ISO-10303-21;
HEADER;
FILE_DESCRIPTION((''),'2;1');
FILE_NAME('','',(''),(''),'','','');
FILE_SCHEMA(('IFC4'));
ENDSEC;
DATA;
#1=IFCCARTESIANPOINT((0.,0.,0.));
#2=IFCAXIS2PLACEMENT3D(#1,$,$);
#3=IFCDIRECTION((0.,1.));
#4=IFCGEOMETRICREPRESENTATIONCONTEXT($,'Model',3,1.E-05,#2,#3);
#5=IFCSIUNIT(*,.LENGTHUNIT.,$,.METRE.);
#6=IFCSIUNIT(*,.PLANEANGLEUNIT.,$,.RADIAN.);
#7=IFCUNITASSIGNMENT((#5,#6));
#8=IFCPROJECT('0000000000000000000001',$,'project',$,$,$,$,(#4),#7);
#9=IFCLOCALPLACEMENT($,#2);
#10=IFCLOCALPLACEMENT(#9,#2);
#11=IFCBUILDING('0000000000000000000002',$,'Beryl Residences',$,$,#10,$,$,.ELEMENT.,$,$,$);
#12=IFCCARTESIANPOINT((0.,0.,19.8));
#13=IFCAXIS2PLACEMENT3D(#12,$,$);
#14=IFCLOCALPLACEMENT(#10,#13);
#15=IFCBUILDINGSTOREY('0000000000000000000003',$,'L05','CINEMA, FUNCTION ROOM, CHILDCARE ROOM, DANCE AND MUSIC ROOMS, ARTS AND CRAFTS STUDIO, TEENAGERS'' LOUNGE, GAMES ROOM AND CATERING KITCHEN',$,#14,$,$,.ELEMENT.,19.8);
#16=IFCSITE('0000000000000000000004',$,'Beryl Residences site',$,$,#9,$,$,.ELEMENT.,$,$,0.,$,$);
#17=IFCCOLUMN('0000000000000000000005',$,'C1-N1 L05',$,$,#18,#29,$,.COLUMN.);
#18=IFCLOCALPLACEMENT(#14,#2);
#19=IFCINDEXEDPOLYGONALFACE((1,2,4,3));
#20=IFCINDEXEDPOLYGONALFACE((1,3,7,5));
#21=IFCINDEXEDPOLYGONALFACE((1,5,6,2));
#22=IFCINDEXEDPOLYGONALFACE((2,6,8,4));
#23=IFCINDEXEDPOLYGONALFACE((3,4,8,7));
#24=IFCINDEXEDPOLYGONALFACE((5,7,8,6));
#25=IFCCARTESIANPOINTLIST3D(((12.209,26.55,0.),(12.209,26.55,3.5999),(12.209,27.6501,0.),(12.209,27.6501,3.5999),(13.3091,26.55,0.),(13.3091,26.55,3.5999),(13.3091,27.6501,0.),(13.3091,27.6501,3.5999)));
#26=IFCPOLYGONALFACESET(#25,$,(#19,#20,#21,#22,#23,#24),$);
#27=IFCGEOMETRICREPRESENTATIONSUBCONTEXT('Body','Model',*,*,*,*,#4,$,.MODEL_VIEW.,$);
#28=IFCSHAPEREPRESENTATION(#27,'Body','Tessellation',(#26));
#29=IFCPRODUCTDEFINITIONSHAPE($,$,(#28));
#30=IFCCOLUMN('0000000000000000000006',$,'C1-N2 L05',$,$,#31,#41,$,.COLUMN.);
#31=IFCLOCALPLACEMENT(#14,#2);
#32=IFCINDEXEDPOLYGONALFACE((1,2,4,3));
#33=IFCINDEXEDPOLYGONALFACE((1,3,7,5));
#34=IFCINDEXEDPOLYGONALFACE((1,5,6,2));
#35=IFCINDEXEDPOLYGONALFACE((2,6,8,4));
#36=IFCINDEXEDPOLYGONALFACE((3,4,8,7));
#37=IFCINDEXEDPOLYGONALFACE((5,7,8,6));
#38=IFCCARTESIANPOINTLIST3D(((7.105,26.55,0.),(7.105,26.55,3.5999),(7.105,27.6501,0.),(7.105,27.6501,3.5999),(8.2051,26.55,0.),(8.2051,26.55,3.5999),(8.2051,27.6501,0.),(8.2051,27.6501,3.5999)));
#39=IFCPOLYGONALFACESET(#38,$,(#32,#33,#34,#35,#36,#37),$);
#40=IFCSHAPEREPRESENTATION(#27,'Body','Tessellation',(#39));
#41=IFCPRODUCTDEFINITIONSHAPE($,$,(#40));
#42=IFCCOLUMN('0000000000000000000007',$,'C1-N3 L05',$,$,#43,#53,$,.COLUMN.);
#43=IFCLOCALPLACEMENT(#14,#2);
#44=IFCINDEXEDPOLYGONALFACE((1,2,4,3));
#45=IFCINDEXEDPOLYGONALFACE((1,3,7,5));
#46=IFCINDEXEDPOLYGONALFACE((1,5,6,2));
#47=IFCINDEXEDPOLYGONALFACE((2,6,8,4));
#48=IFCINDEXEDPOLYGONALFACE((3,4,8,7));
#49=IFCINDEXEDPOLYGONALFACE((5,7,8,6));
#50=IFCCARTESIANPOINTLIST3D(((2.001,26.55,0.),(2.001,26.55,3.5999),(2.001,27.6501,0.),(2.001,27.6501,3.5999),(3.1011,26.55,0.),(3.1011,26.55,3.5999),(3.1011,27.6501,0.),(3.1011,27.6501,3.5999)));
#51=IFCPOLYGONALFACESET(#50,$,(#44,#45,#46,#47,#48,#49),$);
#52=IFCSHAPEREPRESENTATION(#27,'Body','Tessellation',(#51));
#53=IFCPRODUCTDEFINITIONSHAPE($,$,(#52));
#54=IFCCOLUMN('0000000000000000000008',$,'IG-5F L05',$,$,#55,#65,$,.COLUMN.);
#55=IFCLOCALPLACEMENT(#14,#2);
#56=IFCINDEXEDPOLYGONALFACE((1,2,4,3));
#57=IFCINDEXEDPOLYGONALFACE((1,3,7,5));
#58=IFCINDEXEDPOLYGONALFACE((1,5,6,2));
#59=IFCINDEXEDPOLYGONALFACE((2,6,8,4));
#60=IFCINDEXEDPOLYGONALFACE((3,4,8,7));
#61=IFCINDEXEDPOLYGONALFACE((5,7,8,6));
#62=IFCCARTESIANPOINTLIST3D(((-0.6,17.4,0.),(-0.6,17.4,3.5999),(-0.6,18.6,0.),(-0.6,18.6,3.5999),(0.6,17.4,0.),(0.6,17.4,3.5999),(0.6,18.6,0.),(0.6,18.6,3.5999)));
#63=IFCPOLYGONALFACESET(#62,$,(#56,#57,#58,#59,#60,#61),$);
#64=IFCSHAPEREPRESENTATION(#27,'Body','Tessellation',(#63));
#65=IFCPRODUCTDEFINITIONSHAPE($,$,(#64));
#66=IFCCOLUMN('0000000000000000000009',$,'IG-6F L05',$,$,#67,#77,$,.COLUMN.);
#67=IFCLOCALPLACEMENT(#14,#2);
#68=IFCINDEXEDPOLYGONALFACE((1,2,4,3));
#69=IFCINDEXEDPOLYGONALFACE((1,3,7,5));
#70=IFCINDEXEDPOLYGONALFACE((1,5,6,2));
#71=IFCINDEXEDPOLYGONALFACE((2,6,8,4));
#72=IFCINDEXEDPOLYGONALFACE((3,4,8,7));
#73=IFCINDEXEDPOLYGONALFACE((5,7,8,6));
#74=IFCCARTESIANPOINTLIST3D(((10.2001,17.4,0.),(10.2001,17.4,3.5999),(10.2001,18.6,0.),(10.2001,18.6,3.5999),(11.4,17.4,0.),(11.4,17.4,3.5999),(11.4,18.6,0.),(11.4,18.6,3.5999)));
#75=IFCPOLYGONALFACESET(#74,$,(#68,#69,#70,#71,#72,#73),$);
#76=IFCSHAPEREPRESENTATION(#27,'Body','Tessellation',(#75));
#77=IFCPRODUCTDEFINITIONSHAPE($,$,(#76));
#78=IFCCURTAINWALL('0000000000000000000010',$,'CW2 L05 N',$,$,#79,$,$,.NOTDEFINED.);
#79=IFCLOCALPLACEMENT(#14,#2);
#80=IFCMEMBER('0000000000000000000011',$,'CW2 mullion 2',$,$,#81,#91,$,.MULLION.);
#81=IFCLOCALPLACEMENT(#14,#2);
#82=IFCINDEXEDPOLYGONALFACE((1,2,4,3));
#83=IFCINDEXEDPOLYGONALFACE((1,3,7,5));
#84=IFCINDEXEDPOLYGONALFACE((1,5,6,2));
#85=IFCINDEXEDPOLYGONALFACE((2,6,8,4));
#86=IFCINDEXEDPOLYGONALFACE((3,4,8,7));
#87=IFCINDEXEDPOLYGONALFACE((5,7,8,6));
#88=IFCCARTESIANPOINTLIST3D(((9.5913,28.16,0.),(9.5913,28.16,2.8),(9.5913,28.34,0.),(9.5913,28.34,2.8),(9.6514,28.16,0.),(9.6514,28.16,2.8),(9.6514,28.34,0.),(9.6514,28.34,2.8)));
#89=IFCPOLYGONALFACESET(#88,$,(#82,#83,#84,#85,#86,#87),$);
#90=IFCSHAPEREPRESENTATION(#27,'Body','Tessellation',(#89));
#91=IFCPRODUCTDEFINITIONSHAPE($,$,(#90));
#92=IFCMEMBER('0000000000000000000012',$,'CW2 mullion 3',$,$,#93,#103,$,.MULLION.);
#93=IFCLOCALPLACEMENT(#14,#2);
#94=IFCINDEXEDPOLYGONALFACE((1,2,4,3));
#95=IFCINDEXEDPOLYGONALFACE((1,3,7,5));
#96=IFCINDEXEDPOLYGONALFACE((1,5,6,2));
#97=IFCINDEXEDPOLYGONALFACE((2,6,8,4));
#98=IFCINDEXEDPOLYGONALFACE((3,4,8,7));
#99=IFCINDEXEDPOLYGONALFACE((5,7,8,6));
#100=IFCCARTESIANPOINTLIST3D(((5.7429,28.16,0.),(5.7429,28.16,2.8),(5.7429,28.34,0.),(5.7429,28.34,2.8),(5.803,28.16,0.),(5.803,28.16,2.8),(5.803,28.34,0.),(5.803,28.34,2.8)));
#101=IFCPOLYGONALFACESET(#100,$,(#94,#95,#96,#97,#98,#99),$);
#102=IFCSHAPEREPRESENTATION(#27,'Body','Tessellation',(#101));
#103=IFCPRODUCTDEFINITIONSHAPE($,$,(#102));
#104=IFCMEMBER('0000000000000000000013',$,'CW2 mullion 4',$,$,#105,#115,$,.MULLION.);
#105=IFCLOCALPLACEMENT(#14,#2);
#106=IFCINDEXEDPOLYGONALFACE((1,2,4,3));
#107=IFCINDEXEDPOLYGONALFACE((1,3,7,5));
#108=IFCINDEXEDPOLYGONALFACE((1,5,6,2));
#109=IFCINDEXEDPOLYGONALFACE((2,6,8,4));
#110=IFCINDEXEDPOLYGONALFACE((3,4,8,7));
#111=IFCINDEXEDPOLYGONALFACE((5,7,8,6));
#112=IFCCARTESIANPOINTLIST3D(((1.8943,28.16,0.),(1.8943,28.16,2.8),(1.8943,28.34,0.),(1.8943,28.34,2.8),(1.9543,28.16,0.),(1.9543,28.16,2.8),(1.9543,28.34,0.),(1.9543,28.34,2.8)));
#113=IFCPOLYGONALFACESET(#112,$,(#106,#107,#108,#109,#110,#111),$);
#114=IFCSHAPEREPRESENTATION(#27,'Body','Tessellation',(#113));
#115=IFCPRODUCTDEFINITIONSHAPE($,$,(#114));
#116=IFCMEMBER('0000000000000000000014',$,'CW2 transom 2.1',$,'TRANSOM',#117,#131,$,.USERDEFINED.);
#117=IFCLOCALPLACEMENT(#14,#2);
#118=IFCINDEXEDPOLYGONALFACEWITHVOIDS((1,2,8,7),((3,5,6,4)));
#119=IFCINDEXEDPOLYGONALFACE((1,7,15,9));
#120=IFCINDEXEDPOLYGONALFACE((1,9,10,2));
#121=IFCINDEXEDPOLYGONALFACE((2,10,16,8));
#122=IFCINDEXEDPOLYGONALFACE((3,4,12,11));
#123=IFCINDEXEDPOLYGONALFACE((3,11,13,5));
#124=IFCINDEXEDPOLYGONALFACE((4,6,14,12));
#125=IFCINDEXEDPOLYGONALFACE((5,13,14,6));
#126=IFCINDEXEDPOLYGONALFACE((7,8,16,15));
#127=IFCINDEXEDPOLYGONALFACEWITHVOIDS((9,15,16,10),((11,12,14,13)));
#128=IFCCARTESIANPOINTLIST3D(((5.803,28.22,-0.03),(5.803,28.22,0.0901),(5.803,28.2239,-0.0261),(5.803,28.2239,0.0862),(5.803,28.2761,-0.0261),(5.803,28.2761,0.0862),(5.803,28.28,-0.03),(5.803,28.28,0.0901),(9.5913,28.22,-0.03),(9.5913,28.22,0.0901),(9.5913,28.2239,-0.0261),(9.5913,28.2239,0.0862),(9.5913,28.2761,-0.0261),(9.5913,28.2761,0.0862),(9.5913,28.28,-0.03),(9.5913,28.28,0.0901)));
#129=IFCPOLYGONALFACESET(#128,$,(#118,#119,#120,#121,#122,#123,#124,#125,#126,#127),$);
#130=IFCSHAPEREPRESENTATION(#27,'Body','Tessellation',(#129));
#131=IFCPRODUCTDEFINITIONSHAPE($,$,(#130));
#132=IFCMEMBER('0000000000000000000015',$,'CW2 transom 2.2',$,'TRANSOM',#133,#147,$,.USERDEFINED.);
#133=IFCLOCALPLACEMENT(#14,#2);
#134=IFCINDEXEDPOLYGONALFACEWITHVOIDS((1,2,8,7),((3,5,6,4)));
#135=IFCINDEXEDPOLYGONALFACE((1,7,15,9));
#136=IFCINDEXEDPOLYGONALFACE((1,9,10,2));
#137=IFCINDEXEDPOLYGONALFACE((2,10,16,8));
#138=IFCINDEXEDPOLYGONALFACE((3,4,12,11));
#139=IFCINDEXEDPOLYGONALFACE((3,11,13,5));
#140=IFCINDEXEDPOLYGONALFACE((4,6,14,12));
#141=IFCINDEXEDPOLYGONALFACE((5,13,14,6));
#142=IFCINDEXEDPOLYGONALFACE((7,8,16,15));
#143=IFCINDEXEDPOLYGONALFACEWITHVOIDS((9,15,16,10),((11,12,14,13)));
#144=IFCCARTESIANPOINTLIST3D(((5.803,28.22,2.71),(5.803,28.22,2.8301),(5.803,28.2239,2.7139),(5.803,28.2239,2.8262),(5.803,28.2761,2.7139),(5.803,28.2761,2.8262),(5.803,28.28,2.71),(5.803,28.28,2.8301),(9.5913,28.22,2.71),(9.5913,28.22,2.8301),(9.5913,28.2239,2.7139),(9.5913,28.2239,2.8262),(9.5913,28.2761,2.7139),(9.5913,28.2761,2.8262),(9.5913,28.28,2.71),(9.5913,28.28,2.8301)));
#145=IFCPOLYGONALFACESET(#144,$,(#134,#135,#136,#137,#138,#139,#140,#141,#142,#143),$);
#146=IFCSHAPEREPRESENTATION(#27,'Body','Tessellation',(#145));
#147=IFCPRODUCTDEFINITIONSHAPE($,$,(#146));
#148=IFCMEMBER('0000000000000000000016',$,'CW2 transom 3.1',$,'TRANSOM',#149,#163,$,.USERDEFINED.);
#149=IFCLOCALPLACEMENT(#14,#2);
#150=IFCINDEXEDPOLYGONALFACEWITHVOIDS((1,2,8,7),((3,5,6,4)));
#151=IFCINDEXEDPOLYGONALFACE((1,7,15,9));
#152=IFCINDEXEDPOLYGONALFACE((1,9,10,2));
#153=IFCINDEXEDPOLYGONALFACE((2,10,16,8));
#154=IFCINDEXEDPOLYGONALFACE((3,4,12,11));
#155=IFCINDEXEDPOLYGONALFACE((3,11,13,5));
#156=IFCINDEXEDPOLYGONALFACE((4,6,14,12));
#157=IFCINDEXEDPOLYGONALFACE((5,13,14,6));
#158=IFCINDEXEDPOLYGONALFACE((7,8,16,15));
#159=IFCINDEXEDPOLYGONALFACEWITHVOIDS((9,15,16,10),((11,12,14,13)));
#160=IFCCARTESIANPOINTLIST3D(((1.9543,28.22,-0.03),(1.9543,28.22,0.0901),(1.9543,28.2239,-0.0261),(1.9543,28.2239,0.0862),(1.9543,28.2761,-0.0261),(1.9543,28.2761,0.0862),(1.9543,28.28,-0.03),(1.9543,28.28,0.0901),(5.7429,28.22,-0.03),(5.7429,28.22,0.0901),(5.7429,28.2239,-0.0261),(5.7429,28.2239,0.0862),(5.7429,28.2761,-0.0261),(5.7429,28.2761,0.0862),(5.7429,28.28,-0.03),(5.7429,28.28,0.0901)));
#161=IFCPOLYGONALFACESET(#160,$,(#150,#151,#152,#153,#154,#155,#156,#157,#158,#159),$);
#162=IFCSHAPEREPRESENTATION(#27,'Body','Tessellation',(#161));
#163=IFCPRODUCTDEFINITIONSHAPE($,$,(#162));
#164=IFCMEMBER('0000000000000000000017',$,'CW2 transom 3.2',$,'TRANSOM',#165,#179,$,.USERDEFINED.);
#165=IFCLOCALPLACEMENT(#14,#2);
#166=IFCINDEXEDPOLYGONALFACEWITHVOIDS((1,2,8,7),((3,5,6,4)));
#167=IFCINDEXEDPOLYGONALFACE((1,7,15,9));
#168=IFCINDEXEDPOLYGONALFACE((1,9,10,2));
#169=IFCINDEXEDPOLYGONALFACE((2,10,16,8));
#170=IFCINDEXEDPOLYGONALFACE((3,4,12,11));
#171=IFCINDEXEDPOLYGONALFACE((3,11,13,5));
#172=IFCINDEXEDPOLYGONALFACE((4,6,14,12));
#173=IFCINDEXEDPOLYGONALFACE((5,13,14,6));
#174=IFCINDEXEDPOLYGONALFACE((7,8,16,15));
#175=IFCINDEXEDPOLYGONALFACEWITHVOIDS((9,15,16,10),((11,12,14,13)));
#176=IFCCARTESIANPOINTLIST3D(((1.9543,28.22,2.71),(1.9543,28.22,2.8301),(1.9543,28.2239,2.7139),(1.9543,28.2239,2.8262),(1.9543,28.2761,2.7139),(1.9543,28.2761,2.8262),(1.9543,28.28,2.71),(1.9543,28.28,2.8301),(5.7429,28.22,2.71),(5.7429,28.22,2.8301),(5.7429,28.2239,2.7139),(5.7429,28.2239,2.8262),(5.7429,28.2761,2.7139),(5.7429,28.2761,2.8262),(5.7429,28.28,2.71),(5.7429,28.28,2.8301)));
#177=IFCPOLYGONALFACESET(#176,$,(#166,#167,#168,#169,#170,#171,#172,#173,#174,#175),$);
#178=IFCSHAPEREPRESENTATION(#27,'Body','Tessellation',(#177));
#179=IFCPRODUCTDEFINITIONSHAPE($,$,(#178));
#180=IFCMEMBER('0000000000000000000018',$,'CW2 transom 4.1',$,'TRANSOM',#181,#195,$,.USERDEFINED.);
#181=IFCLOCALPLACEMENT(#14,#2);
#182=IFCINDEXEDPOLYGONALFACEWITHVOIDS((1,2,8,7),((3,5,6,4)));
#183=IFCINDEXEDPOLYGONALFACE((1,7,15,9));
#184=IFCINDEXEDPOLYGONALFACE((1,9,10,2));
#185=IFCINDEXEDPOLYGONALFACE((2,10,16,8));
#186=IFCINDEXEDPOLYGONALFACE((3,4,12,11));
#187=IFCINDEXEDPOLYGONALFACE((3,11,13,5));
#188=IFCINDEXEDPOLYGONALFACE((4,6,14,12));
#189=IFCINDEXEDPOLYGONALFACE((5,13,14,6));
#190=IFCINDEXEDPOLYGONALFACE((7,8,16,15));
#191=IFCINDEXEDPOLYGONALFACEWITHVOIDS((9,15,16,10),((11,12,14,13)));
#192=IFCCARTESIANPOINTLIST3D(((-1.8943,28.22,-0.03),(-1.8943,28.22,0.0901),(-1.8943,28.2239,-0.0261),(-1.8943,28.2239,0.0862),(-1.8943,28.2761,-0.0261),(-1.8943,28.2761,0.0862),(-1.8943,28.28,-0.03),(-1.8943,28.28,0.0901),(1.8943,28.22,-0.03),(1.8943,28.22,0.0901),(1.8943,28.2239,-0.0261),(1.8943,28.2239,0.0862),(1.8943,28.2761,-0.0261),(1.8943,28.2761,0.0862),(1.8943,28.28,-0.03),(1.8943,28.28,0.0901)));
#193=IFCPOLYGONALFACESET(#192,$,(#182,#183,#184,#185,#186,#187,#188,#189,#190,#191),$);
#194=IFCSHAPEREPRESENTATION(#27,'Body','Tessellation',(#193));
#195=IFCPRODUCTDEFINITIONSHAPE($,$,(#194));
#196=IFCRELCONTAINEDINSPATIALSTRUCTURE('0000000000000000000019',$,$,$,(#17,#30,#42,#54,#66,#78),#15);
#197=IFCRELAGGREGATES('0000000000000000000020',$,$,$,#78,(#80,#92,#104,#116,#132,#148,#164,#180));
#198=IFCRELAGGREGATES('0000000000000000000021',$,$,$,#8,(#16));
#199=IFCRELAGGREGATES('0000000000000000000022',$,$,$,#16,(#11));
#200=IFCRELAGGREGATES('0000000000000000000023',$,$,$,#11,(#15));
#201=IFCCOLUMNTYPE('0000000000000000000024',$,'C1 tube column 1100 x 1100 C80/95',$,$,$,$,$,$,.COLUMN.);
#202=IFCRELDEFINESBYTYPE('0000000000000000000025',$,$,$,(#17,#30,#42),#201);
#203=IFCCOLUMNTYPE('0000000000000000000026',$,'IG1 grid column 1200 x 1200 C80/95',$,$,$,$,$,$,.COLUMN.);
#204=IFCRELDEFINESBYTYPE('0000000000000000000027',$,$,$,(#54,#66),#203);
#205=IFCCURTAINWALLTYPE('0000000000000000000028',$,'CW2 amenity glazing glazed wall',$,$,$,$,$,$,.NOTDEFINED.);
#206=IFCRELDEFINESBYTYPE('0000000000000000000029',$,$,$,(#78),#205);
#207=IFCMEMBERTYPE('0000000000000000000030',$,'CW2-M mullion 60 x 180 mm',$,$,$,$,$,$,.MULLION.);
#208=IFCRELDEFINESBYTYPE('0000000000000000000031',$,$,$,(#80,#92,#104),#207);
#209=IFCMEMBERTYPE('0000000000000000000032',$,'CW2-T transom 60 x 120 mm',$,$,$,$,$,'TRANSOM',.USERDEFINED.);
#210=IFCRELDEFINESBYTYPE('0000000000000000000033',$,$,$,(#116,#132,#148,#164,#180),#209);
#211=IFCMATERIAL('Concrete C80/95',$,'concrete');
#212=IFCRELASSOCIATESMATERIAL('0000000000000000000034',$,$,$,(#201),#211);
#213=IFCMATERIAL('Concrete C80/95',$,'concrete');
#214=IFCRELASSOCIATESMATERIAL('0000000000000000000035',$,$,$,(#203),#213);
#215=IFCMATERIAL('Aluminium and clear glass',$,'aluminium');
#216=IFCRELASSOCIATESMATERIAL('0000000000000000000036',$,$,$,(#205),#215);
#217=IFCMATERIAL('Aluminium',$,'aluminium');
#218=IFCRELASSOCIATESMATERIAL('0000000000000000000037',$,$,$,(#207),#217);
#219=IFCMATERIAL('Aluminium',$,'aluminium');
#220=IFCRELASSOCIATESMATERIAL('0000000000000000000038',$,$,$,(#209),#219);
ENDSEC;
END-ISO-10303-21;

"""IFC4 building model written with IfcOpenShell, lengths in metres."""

from ifc_helpers import new_model, si_unit, direction, frame, origin, origin_2d, place, context, subcontext, project, spatial, rectangle, hollow_rectangle, extrude, material, material_profile, profile_set, type_object, element, aggregate, save


model = new_model("IFC4")

# Units and contexts
model_context = context("Model", 3, precision=1e-05, world=origin(), true_north=direction((0.0, 1.0)))
body_context = subcontext(model_context, "Body", "Model", "MODEL_VIEW")
ifc_project = project(units=[si_unit("LENGTHUNIT", "METRE"), si_unit("PLANEANGLEUNIT", "RADIAN")], contexts=[model_context])

# Site, building, storey
site_placement = place(None, origin())
site = spatial("IfcSite", under=ifc_project, at=site_placement, Name="Beryl Residences site", CompositionType="ELEMENT", RefElevation=0.0)
building_placement = place(site_placement, origin())
building = spatial("IfcBuilding", under=site, at=building_placement, Name="Beryl Residences", CompositionType="ELEMENT")
storey_placement = place(building_placement, frame((0.0, 0.0, 19.8)))
storey = spatial("IfcBuildingStorey", under=building, at=storey_placement, Name="L05", Description="CINEMA, FUNCTION ROOM, CHILDCARE ROOM, DANCE AND MUSIC ROOMS, ARTS AND CRAFTS STUDIO, TEENAGERS' LOUNGE, GAMES ROOM AND CATERING KITCHEN", CompositionType="ELEMENT", Elevation=19.8)

# Columns
ifc_material_1 = material(Name="Concrete C80/95", Category="concrete")
ifc_material_profile_1 = material_profile(ifc_material_1, rectangle(XDim=1.1001, YDim=1.1001, at=origin_2d()))
ifc_profile_set_1 = profile_set([ifc_material_profile_1], Name="Concrete C80/95")
column_type_1 = type_object("IfcColumnType", Name="C1 tube column 1100 x 1100 C80/95", PredefinedType="COLUMN", material=ifc_profile_set_1)
for number, where, z_axis, x_axis, name in (
    (1, (12.759, 27.1001, 0.0), (0.0, 0.0, 1.0), (-1.0, 0.0, 0.0), "C1-N1 L05"),
    (2, (7.655, 27.1001, 0.0), (0.0, 0.0, 1.0), (-1.0, 0.0, 0.0), "C1-N2 L05"),
    (3, (2.551, 27.1001, 0.0), (0.0, 0.0, 1.0), (-1.0, 0.0, 0.0), "C1-N3 L05"),
):
    element("IfcColumn", number, at=place(storey_placement, frame(where, z_axis=z_axis, x_axis=x_axis)), inside=storey, type_object=column_type_1, Name=name, PredefinedType="COLUMN", context=body_context, shape_type="SweptSolid", body=[
        extrude(rectangle(XDim=1.1001, YDim=1.1001, at=origin_2d()), origin(), (0.0, 0.0, 1.0), 3.5999),
    ])
ifc_material_2 = material(Name="Concrete C80/95", Category="concrete")
ifc_material_profile_2 = material_profile(ifc_material_2, rectangle(XDim=1.2, YDim=1.2, at=origin_2d()))
ifc_profile_set_2 = profile_set([ifc_material_profile_2], Name="Concrete C80/95")
column_type_2 = type_object("IfcColumnType", Name="IG1 grid column 1200 x 1200 C80/95", PredefinedType="COLUMN", material=ifc_profile_set_2)
for number, where, z_axis, x_axis, name in (
    (4, (0.0, 18.0, 0.0), (0.0, 0.0, 1.0), (1.0, 0.0, 0.0), "IG-5F L05"),
    (5, (10.8, 18.0, 0.0), (0.0, 0.0, 1.0), (1.0, 0.0, 0.0), "IG-6F L05"),
):
    element("IfcColumn", number, at=place(storey_placement, frame(where, z_axis=z_axis, x_axis=x_axis)), inside=storey, type_object=column_type_2, Name=name, PredefinedType="COLUMN", context=body_context, shape_type="SweptSolid", body=[
        extrude(rectangle(XDim=1.2, YDim=1.2, at=origin_2d()), origin(), (0.0, 0.0, 1.0), 3.5999),
    ])

# Curtain wall, members
ifc_material_3 = material(Name="Aluminium and clear glass", Category="aluminium")
curtain_wall_type = type_object("IfcCurtainWallType", Name="CW2 amenity glazing glazed wall", PredefinedType="NOTDEFINED", material=ifc_material_3)
curtain_wall_placement = place(storey_placement, origin())
curtain_wall = element("IfcCurtainWall", 6, at=curtain_wall_placement, inside=storey, type_object=curtain_wall_type, Name="CW2 L05 N", PredefinedType="NOTDEFINED")
ifc_material_4 = material(Name="Aluminium", Category="aluminium")
ifc_material_profile_3 = material_profile(ifc_material_4, rectangle(XDim=0.0601, YDim=0.1799, at=origin_2d()))
ifc_profile_set_3 = profile_set([ifc_material_profile_3], Name="Aluminium")
member_type_1 = type_object("IfcMemberType", Name="CW2-M mullion 60 x 180 mm", PredefinedType="MULLION", material=ifc_profile_set_3)
member_1_placement = place(storey_placement, frame((9.6213, 28.25, 0.0), z_axis=(0.0, 0.0, 1.0), x_axis=(-1.0, 0.0, 0.0)))
member_1 = element("IfcMember", 7, at=member_1_placement, type_object=member_type_1, Name="CW2 mullion 2", PredefinedType="MULLION", context=body_context, shape_type="SweptSolid", body=[
    extrude(rectangle(XDim=0.0601, YDim=0.1799, at=origin_2d()), origin(), (0.0, 0.0, 1.0), 2.8),
])
member_2_placement = place(storey_placement, frame((5.7729, 28.25, 0.0), z_axis=(0.0, 0.0, 1.0), x_axis=(-1.0, 0.0, 0.0)))
member_2 = element("IfcMember", 8, at=member_2_placement, type_object=member_type_1, Name="CW2 mullion 3", PredefinedType="MULLION", context=body_context, shape_type="SweptSolid", body=[
    extrude(rectangle(XDim=0.0601, YDim=0.1799, at=origin_2d()), origin(), (0.0, 0.0, 1.0), 2.8),
])
member_3_placement = place(storey_placement, frame((1.9243, 28.25, 0.0), z_axis=(0.0, 0.0, 1.0), x_axis=(-1.0, 0.0, 0.0)))
member_3 = element("IfcMember", 9, at=member_3_placement, type_object=member_type_1, Name="CW2 mullion 4", PredefinedType="MULLION", context=body_context, shape_type="SweptSolid", body=[
    extrude(rectangle(XDim=0.0601, YDim=0.1799, at=origin_2d()), origin(), (0.0, 0.0, 1.0), 2.8),
])
ifc_material_5 = material(Name="Aluminium", Category="aluminium")
ifc_material_profile_4 = material_profile(ifc_material_5, hollow_rectangle(XDim=0.0601, YDim=0.1201, WallThickness=0.0039, at=origin_2d()))
ifc_profile_set_4 = profile_set([ifc_material_profile_4], Name="Aluminium")
member_type_2 = type_object("IfcMemberType", Name="CW2-T transom 60 x 120 mm", ElementType="TRANSOM", PredefinedType="USERDEFINED", material=ifc_profile_set_4)
member_4_placement = place(storey_placement, frame((9.5913, 28.25, 0.03), z_axis=(-1.0, 0.0, 0.0), x_axis=(0.0, -1.0, 0.0)))
member_4 = element("IfcMember", 10, at=member_4_placement, type_object=member_type_2, Name="CW2 transom 2.1", ObjectType="TRANSOM", PredefinedType="USERDEFINED", context=body_context, shape_type="SweptSolid", body=[
    extrude(hollow_rectangle(XDim=0.0601, YDim=0.1201, WallThickness=0.0039, at=origin_2d()), origin(), (0.0, 0.0, 1.0), 3.7883),
])
member_5_placement = place(storey_placement, frame((9.5913, 28.25, 2.77), z_axis=(-1.0, 0.0, 0.0), x_axis=(0.0, -1.0, 0.0)))
member_5 = element("IfcMember", 11, at=member_5_placement, type_object=member_type_2, Name="CW2 transom 2.2", ObjectType="TRANSOM", PredefinedType="USERDEFINED", context=body_context, shape_type="SweptSolid", body=[
    extrude(hollow_rectangle(XDim=0.0601, YDim=0.1201, WallThickness=0.0039, at=origin_2d()), origin(), (0.0, 0.0, 1.0), 3.7883),
])
member_6_placement = place(storey_placement, frame((5.7429, 28.25, 0.03), z_axis=(-1.0, 0.0, 0.0), x_axis=(0.0, -1.0, 0.0)))
member_6 = element("IfcMember", 12, at=member_6_placement, type_object=member_type_2, Name="CW2 transom 3.1", ObjectType="TRANSOM", PredefinedType="USERDEFINED", context=body_context, shape_type="SweptSolid", body=[
    extrude(hollow_rectangle(XDim=0.0601, YDim=0.1201, WallThickness=0.0039, at=origin_2d()), origin(), (0.0, 0.0, 1.0), 3.7886),
])
member_7_placement = place(storey_placement, frame((5.7429, 28.25, 2.77), z_axis=(-1.0, 0.0, 0.0), x_axis=(0.0, -1.0, 0.0)))
member_7 = element("IfcMember", 13, at=member_7_placement, type_object=member_type_2, Name="CW2 transom 3.2", ObjectType="TRANSOM", PredefinedType="USERDEFINED", context=body_context, shape_type="SweptSolid", body=[
    extrude(hollow_rectangle(XDim=0.0601, YDim=0.1201, WallThickness=0.0039, at=origin_2d()), origin(), (0.0, 0.0, 1.0), 3.7886),
])
member_8_placement = place(storey_placement, frame((1.8943, 28.25, 0.03), z_axis=(-1.0, 0.0, 0.0), x_axis=(0.0, -1.0, 0.0)))
member_8 = element("IfcMember", 14, at=member_8_placement, type_object=member_type_2, Name="CW2 transom 4.1", ObjectType="TRANSOM", PredefinedType="USERDEFINED", context=body_context, shape_type="SweptSolid", body=[
    extrude(hollow_rectangle(XDim=0.0601, YDim=0.1201, WallThickness=0.0039, at=origin_2d()), origin(), (0.0, 0.0, 1.0), 3.7886),
])

aggregate(curtain_wall, [member_1, member_2, member_3, member_4, member_5, member_6, member_7, member_8])

save(model, "model.ifc")
